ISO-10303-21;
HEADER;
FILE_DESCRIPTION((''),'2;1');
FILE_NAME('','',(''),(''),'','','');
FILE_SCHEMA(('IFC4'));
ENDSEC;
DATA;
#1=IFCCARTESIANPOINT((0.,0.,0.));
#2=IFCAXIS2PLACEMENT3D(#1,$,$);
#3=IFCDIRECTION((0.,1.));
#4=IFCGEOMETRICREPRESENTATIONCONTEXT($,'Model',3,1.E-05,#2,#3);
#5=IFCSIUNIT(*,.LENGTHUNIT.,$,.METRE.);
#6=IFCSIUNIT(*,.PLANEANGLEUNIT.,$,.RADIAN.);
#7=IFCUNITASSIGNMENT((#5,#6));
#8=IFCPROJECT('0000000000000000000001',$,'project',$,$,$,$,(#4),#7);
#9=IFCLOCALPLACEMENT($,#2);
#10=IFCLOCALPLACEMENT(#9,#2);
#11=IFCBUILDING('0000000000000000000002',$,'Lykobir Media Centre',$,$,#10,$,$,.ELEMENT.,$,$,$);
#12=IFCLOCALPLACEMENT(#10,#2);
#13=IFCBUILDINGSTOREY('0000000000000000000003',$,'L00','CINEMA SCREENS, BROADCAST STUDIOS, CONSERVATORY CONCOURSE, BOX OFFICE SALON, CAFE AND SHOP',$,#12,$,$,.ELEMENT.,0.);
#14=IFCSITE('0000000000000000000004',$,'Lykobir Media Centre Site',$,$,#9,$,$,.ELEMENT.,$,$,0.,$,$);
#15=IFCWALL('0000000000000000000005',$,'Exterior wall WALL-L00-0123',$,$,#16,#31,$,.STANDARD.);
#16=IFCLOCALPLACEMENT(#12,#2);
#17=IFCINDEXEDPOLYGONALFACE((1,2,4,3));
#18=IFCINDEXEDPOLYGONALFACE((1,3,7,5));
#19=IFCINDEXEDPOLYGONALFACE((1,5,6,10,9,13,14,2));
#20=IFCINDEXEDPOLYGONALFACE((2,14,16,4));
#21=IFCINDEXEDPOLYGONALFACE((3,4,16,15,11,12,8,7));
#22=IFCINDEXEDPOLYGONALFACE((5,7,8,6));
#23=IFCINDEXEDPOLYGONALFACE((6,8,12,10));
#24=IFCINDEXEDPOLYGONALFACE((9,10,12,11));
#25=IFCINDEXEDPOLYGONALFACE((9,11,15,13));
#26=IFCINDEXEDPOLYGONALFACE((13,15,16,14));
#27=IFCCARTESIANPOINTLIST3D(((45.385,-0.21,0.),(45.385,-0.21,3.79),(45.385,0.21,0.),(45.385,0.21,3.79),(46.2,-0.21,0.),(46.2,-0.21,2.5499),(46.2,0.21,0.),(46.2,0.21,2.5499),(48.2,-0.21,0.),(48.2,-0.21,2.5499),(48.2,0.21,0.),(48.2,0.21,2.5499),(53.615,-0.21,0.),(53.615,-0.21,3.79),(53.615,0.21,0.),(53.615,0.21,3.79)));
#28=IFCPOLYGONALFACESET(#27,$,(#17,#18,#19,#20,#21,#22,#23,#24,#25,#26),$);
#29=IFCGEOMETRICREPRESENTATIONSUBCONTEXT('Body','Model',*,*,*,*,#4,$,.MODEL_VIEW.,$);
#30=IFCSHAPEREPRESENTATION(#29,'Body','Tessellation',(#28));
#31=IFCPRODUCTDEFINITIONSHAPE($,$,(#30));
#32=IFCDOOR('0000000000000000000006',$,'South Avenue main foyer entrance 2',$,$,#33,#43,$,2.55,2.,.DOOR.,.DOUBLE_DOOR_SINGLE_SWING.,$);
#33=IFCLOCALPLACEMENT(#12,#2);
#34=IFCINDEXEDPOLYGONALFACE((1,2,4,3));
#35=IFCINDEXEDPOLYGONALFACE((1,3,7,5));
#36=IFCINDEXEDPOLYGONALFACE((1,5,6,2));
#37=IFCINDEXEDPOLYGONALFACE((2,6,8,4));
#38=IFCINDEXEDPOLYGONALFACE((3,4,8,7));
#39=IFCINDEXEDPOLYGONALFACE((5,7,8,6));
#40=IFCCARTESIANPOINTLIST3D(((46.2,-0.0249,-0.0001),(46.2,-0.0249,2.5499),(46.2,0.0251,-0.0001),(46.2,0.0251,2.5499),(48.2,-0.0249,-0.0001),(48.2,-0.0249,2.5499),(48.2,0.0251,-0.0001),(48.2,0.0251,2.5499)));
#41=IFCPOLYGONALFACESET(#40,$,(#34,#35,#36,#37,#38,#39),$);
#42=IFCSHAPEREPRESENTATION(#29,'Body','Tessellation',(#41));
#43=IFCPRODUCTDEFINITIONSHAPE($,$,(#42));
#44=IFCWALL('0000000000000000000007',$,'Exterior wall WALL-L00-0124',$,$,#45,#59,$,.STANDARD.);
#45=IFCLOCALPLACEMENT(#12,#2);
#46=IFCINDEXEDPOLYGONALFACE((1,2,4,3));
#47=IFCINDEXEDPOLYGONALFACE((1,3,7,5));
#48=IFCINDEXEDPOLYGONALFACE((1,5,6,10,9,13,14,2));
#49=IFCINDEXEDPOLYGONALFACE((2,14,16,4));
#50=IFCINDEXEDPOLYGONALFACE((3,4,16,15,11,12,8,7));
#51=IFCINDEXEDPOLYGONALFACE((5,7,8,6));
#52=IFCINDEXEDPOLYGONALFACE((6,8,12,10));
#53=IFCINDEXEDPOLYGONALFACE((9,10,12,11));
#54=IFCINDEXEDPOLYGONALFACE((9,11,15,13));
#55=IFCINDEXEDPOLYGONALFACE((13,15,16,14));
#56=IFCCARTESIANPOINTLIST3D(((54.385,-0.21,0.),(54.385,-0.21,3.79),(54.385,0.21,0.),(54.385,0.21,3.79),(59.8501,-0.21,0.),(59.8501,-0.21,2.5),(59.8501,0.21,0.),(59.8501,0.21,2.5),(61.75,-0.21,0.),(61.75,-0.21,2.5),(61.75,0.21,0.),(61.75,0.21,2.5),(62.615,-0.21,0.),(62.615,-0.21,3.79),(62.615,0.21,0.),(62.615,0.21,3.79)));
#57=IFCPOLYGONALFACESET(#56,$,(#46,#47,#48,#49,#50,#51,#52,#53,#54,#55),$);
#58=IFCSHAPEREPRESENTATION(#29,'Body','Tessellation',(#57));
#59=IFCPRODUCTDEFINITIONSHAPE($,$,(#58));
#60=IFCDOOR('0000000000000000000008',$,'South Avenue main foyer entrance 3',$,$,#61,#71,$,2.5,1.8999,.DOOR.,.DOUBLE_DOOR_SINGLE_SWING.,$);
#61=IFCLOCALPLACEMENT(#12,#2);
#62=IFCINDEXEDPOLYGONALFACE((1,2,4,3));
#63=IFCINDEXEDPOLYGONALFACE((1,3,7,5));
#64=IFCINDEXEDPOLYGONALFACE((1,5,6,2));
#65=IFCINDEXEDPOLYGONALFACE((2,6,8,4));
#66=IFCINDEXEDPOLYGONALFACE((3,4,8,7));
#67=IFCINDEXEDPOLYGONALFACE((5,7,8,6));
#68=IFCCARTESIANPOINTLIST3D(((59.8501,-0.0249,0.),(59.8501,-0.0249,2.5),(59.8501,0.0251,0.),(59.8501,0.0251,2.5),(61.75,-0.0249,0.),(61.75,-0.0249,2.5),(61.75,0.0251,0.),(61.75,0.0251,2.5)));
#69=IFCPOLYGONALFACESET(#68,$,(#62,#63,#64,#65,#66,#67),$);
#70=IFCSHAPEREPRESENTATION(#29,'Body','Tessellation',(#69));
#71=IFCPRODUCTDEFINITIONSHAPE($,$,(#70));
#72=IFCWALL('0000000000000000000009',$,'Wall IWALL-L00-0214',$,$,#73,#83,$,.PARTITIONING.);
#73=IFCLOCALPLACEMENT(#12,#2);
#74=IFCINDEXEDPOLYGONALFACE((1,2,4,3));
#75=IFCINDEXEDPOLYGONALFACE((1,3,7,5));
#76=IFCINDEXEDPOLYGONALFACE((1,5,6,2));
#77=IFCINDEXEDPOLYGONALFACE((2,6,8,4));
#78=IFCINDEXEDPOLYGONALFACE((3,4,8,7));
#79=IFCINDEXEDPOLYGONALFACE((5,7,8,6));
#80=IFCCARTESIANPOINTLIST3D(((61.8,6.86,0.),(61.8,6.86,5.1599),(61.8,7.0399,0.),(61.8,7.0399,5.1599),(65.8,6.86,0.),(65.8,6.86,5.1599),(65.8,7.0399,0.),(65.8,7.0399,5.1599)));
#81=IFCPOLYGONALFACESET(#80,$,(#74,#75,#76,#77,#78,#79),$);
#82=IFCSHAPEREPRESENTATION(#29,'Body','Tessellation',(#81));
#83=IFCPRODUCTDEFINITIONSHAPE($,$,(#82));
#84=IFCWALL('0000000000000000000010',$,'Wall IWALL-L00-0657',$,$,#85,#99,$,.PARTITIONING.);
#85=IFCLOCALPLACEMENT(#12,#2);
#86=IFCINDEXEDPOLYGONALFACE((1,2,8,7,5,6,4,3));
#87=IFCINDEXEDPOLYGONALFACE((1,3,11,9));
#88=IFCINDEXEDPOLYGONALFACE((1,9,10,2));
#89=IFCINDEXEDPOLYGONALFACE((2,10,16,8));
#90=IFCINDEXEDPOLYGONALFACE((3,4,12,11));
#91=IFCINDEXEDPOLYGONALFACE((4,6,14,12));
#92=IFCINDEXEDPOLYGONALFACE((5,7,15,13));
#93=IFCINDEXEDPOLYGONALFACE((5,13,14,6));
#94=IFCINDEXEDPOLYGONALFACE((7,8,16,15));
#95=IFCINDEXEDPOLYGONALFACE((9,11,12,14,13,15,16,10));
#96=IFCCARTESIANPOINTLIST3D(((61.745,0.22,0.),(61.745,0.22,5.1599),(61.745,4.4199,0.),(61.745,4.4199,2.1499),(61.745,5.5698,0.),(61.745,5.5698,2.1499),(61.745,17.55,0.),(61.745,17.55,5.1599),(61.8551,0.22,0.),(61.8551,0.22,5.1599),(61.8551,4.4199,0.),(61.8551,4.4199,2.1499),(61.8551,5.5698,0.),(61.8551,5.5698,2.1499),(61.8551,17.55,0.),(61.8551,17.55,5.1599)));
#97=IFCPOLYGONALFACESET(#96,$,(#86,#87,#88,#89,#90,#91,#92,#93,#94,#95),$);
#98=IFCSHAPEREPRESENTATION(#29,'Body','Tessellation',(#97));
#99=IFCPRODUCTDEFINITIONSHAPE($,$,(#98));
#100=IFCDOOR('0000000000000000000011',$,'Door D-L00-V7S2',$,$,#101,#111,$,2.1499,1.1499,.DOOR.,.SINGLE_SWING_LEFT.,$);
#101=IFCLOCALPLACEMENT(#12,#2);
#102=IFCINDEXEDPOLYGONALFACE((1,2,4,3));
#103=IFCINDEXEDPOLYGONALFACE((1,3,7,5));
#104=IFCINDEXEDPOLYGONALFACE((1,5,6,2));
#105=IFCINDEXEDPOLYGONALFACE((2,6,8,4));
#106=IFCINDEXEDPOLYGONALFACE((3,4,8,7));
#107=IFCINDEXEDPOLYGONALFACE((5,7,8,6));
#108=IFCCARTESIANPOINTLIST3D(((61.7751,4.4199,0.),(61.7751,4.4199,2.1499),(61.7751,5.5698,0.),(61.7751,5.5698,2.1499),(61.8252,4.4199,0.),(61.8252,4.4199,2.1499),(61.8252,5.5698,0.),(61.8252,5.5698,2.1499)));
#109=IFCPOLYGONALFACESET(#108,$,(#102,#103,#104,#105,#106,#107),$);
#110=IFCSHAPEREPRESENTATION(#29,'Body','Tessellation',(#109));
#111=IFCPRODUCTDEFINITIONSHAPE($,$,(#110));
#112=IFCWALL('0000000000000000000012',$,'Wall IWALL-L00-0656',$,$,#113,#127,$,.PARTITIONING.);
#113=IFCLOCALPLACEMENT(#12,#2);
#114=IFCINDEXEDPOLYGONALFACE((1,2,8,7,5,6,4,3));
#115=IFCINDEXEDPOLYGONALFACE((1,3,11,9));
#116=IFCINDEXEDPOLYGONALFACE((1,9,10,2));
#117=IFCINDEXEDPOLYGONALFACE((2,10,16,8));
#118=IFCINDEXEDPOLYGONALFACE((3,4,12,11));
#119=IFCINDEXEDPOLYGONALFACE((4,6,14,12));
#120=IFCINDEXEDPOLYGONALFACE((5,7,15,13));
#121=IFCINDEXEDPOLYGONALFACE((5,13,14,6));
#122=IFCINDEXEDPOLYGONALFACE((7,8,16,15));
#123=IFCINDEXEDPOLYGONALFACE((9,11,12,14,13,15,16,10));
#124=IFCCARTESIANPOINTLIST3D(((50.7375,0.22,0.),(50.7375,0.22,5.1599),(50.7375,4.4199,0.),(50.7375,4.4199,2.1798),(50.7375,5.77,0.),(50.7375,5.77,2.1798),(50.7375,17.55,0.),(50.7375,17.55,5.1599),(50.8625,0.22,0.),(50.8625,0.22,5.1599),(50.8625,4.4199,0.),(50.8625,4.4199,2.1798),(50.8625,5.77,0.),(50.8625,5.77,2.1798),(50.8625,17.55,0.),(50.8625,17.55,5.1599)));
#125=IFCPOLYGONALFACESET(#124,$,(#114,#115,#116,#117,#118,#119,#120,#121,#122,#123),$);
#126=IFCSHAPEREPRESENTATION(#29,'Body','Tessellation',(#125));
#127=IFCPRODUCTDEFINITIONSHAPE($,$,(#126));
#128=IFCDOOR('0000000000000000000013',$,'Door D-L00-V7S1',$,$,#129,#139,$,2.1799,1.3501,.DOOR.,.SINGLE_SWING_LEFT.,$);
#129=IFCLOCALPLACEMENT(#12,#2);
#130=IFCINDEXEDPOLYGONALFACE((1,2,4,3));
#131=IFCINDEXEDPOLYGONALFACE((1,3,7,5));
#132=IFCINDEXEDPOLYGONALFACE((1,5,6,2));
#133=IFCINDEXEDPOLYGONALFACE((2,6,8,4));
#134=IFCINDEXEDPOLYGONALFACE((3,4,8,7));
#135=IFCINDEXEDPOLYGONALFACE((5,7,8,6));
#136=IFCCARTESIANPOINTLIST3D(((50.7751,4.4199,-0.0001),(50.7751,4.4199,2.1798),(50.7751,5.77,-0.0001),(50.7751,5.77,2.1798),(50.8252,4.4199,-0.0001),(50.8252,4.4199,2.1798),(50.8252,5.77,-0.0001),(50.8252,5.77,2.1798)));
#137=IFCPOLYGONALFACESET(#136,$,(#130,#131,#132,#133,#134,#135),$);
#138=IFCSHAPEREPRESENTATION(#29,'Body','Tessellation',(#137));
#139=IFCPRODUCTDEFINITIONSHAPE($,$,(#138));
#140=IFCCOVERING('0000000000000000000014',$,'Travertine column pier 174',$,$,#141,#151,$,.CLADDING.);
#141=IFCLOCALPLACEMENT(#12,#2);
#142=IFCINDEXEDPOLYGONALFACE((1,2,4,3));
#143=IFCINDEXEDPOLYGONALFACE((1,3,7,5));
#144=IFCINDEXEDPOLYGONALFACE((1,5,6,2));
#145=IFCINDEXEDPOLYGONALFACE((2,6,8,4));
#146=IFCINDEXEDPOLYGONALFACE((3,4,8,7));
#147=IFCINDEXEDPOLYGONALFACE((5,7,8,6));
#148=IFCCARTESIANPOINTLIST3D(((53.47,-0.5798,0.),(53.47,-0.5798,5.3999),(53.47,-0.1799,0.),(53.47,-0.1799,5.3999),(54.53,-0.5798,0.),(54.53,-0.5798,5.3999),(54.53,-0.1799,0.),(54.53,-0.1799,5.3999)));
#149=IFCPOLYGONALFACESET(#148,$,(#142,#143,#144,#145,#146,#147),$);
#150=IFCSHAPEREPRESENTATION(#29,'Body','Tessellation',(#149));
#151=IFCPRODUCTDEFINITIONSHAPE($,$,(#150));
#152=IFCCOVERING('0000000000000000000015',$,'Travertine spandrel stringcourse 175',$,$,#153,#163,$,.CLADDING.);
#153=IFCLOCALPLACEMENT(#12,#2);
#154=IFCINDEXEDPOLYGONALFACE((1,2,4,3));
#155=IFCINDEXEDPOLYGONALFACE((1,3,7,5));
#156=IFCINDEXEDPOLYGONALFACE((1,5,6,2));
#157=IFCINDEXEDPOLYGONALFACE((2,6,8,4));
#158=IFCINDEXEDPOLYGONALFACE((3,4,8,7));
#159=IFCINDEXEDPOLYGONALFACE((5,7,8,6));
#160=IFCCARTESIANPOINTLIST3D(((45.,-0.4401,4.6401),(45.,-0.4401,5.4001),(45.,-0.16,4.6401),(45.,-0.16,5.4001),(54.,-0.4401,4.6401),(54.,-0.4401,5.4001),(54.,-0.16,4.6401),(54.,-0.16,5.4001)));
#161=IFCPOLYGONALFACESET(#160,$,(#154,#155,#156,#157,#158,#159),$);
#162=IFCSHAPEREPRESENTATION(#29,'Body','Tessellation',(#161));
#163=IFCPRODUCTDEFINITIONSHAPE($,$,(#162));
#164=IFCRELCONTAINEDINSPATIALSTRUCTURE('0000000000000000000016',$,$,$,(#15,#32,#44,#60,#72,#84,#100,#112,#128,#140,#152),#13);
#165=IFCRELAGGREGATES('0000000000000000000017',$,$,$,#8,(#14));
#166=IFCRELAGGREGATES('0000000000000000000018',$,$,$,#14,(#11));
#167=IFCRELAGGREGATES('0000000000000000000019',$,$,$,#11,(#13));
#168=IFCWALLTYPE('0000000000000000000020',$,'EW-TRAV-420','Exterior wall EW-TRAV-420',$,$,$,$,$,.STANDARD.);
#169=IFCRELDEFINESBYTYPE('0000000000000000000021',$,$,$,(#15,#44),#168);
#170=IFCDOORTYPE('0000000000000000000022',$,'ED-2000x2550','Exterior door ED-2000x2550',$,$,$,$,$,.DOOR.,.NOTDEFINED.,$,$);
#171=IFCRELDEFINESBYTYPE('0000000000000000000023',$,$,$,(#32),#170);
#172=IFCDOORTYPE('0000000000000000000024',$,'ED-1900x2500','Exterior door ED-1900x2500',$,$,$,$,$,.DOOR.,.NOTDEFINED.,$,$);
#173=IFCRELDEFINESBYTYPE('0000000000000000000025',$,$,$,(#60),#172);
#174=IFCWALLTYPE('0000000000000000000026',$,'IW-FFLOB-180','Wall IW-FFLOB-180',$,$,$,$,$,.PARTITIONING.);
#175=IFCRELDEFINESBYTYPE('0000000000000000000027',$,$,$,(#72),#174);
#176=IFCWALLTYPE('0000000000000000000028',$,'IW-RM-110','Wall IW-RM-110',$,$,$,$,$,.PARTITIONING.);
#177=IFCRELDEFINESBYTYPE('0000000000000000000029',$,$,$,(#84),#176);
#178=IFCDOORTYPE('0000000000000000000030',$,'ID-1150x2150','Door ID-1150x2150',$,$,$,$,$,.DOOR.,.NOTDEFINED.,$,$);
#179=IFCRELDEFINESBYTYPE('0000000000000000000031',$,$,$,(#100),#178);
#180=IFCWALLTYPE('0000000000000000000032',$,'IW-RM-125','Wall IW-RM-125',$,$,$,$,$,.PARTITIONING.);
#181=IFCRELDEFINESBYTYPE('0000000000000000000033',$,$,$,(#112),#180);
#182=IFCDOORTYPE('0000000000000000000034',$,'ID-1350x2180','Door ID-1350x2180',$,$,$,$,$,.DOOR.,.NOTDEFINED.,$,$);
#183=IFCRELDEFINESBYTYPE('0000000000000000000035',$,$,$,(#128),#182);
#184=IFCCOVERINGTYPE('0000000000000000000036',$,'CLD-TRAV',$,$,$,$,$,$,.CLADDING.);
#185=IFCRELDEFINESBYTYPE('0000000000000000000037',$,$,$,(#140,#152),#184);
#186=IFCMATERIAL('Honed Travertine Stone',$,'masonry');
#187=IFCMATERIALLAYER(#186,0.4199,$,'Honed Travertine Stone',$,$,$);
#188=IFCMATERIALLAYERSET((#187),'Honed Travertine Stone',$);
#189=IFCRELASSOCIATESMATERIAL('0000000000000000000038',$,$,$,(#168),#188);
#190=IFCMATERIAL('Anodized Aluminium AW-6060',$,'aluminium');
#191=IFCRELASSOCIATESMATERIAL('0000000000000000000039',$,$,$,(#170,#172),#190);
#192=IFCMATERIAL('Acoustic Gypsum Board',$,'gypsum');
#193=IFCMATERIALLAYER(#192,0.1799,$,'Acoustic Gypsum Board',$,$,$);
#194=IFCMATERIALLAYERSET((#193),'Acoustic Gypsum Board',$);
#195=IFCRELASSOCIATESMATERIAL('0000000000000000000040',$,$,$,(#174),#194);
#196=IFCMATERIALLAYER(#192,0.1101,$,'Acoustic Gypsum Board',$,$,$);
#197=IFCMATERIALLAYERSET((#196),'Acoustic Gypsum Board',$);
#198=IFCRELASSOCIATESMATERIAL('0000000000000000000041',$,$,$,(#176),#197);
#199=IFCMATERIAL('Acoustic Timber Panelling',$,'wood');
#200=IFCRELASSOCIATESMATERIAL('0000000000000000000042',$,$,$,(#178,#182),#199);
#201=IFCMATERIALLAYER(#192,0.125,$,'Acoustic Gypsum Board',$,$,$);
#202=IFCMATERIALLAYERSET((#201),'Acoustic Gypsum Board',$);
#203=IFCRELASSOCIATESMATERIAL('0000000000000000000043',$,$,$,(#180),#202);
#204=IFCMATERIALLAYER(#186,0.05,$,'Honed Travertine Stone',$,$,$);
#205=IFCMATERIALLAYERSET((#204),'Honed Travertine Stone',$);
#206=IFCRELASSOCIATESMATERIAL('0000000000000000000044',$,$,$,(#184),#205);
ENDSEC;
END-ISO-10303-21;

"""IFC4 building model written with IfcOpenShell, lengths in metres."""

from ifc_helpers import new_model, si_unit, direction, frame, frame_2d, origin, origin_2d, place, context, subcontext, project, spatial, rectangle, extrude, material, layer, layer_set, type_object, element, fill, save


model = new_model("IFC4")

# Units and contexts
model_context = context("Model", 3, precision=1e-05, world=origin(), true_north=direction((0.0, 1.0)))
body_context = subcontext(model_context, "Body", "Model", "MODEL_VIEW")
ifc_project = project(units=[si_unit("LENGTHUNIT", "METRE"), si_unit("PLANEANGLEUNIT", "RADIAN")], contexts=[model_context])

# Site, building, storey
site_placement = place(None, origin())
site = spatial("IfcSite", under=ifc_project, at=site_placement, Name="Lykobir Media Centre Site", CompositionType="ELEMENT", RefElevation=0.0)
building_placement = place(site_placement, origin())
building = spatial("IfcBuilding", under=site, at=building_placement, Name="Lykobir Media Centre", CompositionType="ELEMENT")
storey_placement = place(building_placement, origin())
storey = spatial("IfcBuildingStorey", under=building, at=storey_placement, Name="L00", Description="CINEMA SCREENS, BROADCAST STUDIOS, CONSERVATORY CONCOURSE, BOX OFFICE SALON, CAFE AND SHOP", CompositionType="ELEMENT", Elevation=0.0)

# Shared definitions
ifc_material_1 = material(Name="Honed Travertine Stone", Category="masonry")

# Walls, openings, doors
ifc_layer_1 = layer(ifc_material_1, 0.4199, Name="Honed Travertine Stone")
ifc_layer_set_1 = layer_set([ifc_layer_1], Name="Honed Travertine Stone")
wall_type_1 = type_object("IfcWallType", Name="EW-TRAV-420", Description="Exterior wall EW-TRAV-420", PredefinedType="STANDARD", material=ifc_layer_set_1)
wall_1_placement = place(storey_placement, frame((45.385, 0.0, 0.0), z_axis=(0.0, 0.0, 1.0), x_axis=(1.0, 0.0, 0.0)))
wall_1 = element("IfcWall", 1, at=wall_1_placement, inside=storey, type_object=wall_type_1, Name="Exterior wall WALL-L00-0123", PredefinedType="STANDARD", context=body_context, shape_type="SweptSolid", body=[
    extrude(rectangle(XDim=8.23, YDim=0.4199, at=frame_2d((4.115, 0.0))), origin(), (0.0, 0.0, 1.0), 3.79),
])
opening_1_placement = place(wall_1_placement, frame((0.8149, 0.0, 0.0)))
opening_1 = element("IfcOpeningElement", 2, at=opening_1_placement, cuts=wall_1, PredefinedType="OPENING", context=body_context, shape_type="SweptSolid", body=[
    extrude(rectangle(XDim=2.0, YDim=2.55, at=frame_2d((1.0, 1.2749))), frame((0.0, 0.22, 0.0), z_axis=(0.0, -1.0, 0.0), x_axis=(1.0, 0.0, 0.0)), (0.0, 0.0, 1.0), 0.4399),
])
ifc_material_2 = material(Name="Anodized Aluminium AW-6060", Category="aluminium")
door_type_1 = type_object("IfcDoorType", Name="ED-2000x2550", Description="Exterior door ED-2000x2550", OperationType="NOTDEFINED", PredefinedType="DOOR", material=ifc_material_2)
door_1_placement = place(opening_1_placement, frame((2.0, 0.0, 0.0), z_axis=(0.0, 0.0, 1.0), x_axis=(-1.0, 0.0, 0.0)))
door_1 = element("IfcDoor", 3, at=door_1_placement, inside=storey, type_object=door_type_1, Name="South Avenue main foyer entrance 2", OperationType="DOUBLE_DOOR_SINGLE_SWING", OverallHeight=2.55, OverallWidth=2.0, PredefinedType="DOOR", context=body_context, shape_type="SweptSolid", body=[
    extrude(rectangle(XDim=2.0, YDim=2.55, at=frame_2d((1.0, 1.2749))), frame((0.0, 0.0249, 0.0), z_axis=(0.0, -1.0, 0.0), x_axis=(1.0, 0.0, 0.0)), (0.0, 0.0, 1.0), 0.05),
])
fill(opening_1, door_1)
wall_2_placement = place(storey_placement, frame((54.385, 0.0, 0.0), z_axis=(0.0, 0.0, 1.0), x_axis=(1.0, 0.0, 0.0)))
wall_2 = element("IfcWall", 4, at=wall_2_placement, inside=storey, type_object=wall_type_1, Name="Exterior wall WALL-L00-0124", PredefinedType="STANDARD", context=body_context, shape_type="SweptSolid", body=[
    extrude(rectangle(XDim=8.23, YDim=0.4199, at=frame_2d((4.115, 0.0))), origin(), (0.0, 0.0, 1.0), 3.79),
])
opening_2_placement = place(wall_2_placement, frame((5.4651, 0.0, 0.0)))
opening_2 = element("IfcOpeningElement", 5, at=opening_2_placement, cuts=wall_2, PredefinedType="OPENING", context=body_context, shape_type="SweptSolid", body=[
    extrude(rectangle(XDim=1.8999, YDim=2.5, at=frame_2d((0.95, 1.25))), frame((0.0, 0.22, 0.0), z_axis=(0.0, -1.0, 0.0), x_axis=(1.0, 0.0, 0.0)), (0.0, 0.0, 1.0), 0.4399),
])
door_type_2 = type_object("IfcDoorType", Name="ED-1900x2500", Description="Exterior door ED-1900x2500", OperationType="NOTDEFINED", PredefinedType="DOOR", material=ifc_material_2)
door_2_placement = place(opening_2_placement, frame((1.8999, 0.0, 0.0), z_axis=(0.0, 0.0, 1.0), x_axis=(-1.0, 0.0, 0.0)))
door_2 = element("IfcDoor", 6, at=door_2_placement, inside=storey, type_object=door_type_2, Name="South Avenue main foyer entrance 3", OperationType="DOUBLE_DOOR_SINGLE_SWING", OverallHeight=2.5, OverallWidth=1.8999, PredefinedType="DOOR", context=body_context, shape_type="SweptSolid", body=[
    extrude(rectangle(XDim=1.8999, YDim=2.5, at=frame_2d((0.95, 1.25))), frame((0.0, 0.0249, 0.0), z_axis=(0.0, -1.0, 0.0), x_axis=(1.0, 0.0, 0.0)), (0.0, 0.0, 1.0), 0.05),
])
fill(opening_2, door_2)

# Wall
ifc_material_3 = material(Name="Acoustic Gypsum Board", Category="gypsum")
ifc_layer_2 = layer(ifc_material_3, 0.1799, Name="Acoustic Gypsum Board")
ifc_layer_set_2 = layer_set([ifc_layer_2], Name="Acoustic Gypsum Board")
wall_type_2 = type_object("IfcWallType", Name="IW-FFLOB-180", Description="Wall IW-FFLOB-180", PredefinedType="PARTITIONING", material=ifc_layer_set_2)
wall_3_placement = place(storey_placement, frame((61.8, 6.95, 0.0), z_axis=(0.0, 0.0, 1.0), x_axis=(1.0, 0.0, 0.0)))
element("IfcWall", 7, at=wall_3_placement, inside=storey, type_object=wall_type_2, Name="Wall IWALL-L00-0214", PredefinedType="PARTITIONING", context=body_context, shape_type="SweptSolid", body=[
    extrude(rectangle(XDim=4.0, YDim=0.1799, at=frame_2d((2.0, 0.0))), origin(), (0.0, 0.0, 1.0), 5.1599),
])

# Walls, openings, doors
ifc_layer_3 = layer(ifc_material_3, 0.1101, Name="Acoustic Gypsum Board")
ifc_layer_set_3 = layer_set([ifc_layer_3], Name="Acoustic Gypsum Board")
wall_type_3 = type_object("IfcWallType", Name="IW-RM-110", Description="Wall IW-RM-110", PredefinedType="PARTITIONING", material=ifc_layer_set_3)
wall_4_placement = place(storey_placement, frame((61.8, 0.22, 0.0), z_axis=(0.0, 0.0, 1.0), x_axis=(0.0, 1.0, 0.0)))
wall_4 = element("IfcWall", 8, at=wall_4_placement, inside=storey, type_object=wall_type_3, Name="Wall IWALL-L00-0657", PredefinedType="PARTITIONING", context=body_context, shape_type="SweptSolid", body=[
    extrude(rectangle(XDim=17.3301, YDim=0.1101, at=frame_2d((8.665, 0.0))), origin(), (0.0, 0.0, 1.0), 5.1599),
])
opening_3_placement = place(wall_4_placement, frame((4.2, 0.0, 0.0)))
opening_3 = element("IfcOpeningElement", 9, at=opening_3_placement, cuts=wall_4, PredefinedType="OPENING", context=body_context, shape_type="SweptSolid", body=[
    extrude(rectangle(XDim=1.1499, YDim=2.1499, at=frame_2d((0.575, 1.075))), frame((0.0, 0.0649, 0.0), z_axis=(0.0, -1.0, 0.0), x_axis=(1.0, 0.0, 0.0)), (0.0, 0.0, 1.0), 0.1301),
])
ifc_material_4 = material(Name="Acoustic Timber Panelling", Category="wood")
door_type_3 = type_object("IfcDoorType", Name="ID-1150x2150", Description="Door ID-1150x2150", OperationType="NOTDEFINED", PredefinedType="DOOR", material=ifc_material_4)
door_3_placement = place(opening_3_placement, origin())
door_3 = element("IfcDoor", 10, at=door_3_placement, inside=storey, type_object=door_type_3, Name="Door D-L00-V7S2", OperationType="SINGLE_SWING_LEFT", OverallHeight=2.1499, OverallWidth=1.1499, PredefinedType="DOOR", context=body_context, shape_type="SweptSolid", body=[
    extrude(rectangle(XDim=1.1499, YDim=2.1499, at=frame_2d((0.575, 1.075))), frame((0.0, 0.0249, 0.0), z_axis=(0.0, -1.0, 0.0), x_axis=(1.0, 0.0, 0.0)), (0.0, 0.0, 1.0), 0.05),
])
fill(opening_3, door_3)
ifc_layer_4 = layer(ifc_material_3, 0.125, Name="Acoustic Gypsum Board")
ifc_layer_set_4 = layer_set([ifc_layer_4], Name="Acoustic Gypsum Board")
wall_type_4 = type_object("IfcWallType", Name="IW-RM-125", Description="Wall IW-RM-125", PredefinedType="PARTITIONING", material=ifc_layer_set_4)
wall_5_placement = place(storey_placement, frame((50.8, 0.22, 0.0), z_axis=(0.0, 0.0, 1.0), x_axis=(0.0, 1.0, 0.0)))
wall_5 = element("IfcWall", 11, at=wall_5_placement, inside=storey, type_object=wall_type_4, Name="Wall IWALL-L00-0656", PredefinedType="PARTITIONING", context=body_context, shape_type="SweptSolid", body=[
    extrude(rectangle(XDim=17.3301, YDim=0.125, at=frame_2d((8.665, 0.0))), origin(), (0.0, 0.0, 1.0), 5.1599),
])
opening_4_placement = place(wall_5_placement, frame((4.2, 0.0, 0.0)))
opening_4 = element("IfcOpeningElement", 12, at=opening_4_placement, cuts=wall_5, PredefinedType="OPENING", context=body_context, shape_type="SweptSolid", body=[
    extrude(rectangle(XDim=1.3501, YDim=2.1799, at=frame_2d((0.675, 1.0898))), frame((0.0, 0.0725, 0.0), z_axis=(0.0, -1.0, 0.0), x_axis=(1.0, 0.0, 0.0)), (0.0, 0.0, 1.0), 0.145),
])
door_type_4 = type_object("IfcDoorType", Name="ID-1350x2180", Description="Door ID-1350x2180", OperationType="NOTDEFINED", PredefinedType="DOOR", material=ifc_material_4)
door_4_placement = place(opening_4_placement, origin())
door_4 = element("IfcDoor", 13, at=door_4_placement, inside=storey, type_object=door_type_4, Name="Door D-L00-V7S1", OperationType="SINGLE_SWING_LEFT", OverallHeight=2.1799, OverallWidth=1.3501, PredefinedType="DOOR", context=body_context, shape_type="SweptSolid", body=[
    extrude(rectangle(XDim=1.3501, YDim=2.1799, at=frame_2d((0.675, 1.0898))), frame((0.0, 0.0249, 0.0), z_axis=(0.0, -1.0, 0.0), x_axis=(1.0, 0.0, 0.0)), (0.0, 0.0, 1.0), 0.05),
])
fill(opening_4, door_4)

# Coverings
ifc_layer_5 = layer(ifc_material_1, 0.05, Name="Honed Travertine Stone")
ifc_layer_set_5 = layer_set([ifc_layer_5], Name="Honed Travertine Stone")
covering_type = type_object("IfcCoveringType", Name="CLD-TRAV", PredefinedType="CLADDING", material=ifc_layer_set_5)
covering_1_placement = place(storey_placement, frame((54.0, -0.3799, 0.0), z_axis=(0.0, 0.0, 1.0), x_axis=(1.0, 0.0, 0.0)))
element("IfcCovering", 14, at=covering_1_placement, inside=storey, type_object=covering_type, Name="Travertine column pier 174", PredefinedType="CLADDING", context=body_context, shape_type="SweptSolid", body=[
    extrude(rectangle(XDim=1.0601, YDim=0.3999, at=origin_2d()), origin(), (0.0, 0.0, 1.0), 5.3999),
])
covering_2_placement = place(storey_placement, frame((49.5, -0.3, 4.6401), z_axis=(0.0, 0.0, 1.0), x_axis=(1.0, 0.0, 0.0)))
element("IfcCovering", 15, at=covering_2_placement, inside=storey, type_object=covering_type, Name="Travertine spandrel stringcourse 175", PredefinedType="CLADDING", context=body_context, shape_type="SweptSolid", body=[
    extrude(rectangle(XDim=9.0, YDim=0.28, at=origin_2d()), origin(), (0.0, 0.0, 1.0), 0.76),
])

save(model, "model.ifc")
